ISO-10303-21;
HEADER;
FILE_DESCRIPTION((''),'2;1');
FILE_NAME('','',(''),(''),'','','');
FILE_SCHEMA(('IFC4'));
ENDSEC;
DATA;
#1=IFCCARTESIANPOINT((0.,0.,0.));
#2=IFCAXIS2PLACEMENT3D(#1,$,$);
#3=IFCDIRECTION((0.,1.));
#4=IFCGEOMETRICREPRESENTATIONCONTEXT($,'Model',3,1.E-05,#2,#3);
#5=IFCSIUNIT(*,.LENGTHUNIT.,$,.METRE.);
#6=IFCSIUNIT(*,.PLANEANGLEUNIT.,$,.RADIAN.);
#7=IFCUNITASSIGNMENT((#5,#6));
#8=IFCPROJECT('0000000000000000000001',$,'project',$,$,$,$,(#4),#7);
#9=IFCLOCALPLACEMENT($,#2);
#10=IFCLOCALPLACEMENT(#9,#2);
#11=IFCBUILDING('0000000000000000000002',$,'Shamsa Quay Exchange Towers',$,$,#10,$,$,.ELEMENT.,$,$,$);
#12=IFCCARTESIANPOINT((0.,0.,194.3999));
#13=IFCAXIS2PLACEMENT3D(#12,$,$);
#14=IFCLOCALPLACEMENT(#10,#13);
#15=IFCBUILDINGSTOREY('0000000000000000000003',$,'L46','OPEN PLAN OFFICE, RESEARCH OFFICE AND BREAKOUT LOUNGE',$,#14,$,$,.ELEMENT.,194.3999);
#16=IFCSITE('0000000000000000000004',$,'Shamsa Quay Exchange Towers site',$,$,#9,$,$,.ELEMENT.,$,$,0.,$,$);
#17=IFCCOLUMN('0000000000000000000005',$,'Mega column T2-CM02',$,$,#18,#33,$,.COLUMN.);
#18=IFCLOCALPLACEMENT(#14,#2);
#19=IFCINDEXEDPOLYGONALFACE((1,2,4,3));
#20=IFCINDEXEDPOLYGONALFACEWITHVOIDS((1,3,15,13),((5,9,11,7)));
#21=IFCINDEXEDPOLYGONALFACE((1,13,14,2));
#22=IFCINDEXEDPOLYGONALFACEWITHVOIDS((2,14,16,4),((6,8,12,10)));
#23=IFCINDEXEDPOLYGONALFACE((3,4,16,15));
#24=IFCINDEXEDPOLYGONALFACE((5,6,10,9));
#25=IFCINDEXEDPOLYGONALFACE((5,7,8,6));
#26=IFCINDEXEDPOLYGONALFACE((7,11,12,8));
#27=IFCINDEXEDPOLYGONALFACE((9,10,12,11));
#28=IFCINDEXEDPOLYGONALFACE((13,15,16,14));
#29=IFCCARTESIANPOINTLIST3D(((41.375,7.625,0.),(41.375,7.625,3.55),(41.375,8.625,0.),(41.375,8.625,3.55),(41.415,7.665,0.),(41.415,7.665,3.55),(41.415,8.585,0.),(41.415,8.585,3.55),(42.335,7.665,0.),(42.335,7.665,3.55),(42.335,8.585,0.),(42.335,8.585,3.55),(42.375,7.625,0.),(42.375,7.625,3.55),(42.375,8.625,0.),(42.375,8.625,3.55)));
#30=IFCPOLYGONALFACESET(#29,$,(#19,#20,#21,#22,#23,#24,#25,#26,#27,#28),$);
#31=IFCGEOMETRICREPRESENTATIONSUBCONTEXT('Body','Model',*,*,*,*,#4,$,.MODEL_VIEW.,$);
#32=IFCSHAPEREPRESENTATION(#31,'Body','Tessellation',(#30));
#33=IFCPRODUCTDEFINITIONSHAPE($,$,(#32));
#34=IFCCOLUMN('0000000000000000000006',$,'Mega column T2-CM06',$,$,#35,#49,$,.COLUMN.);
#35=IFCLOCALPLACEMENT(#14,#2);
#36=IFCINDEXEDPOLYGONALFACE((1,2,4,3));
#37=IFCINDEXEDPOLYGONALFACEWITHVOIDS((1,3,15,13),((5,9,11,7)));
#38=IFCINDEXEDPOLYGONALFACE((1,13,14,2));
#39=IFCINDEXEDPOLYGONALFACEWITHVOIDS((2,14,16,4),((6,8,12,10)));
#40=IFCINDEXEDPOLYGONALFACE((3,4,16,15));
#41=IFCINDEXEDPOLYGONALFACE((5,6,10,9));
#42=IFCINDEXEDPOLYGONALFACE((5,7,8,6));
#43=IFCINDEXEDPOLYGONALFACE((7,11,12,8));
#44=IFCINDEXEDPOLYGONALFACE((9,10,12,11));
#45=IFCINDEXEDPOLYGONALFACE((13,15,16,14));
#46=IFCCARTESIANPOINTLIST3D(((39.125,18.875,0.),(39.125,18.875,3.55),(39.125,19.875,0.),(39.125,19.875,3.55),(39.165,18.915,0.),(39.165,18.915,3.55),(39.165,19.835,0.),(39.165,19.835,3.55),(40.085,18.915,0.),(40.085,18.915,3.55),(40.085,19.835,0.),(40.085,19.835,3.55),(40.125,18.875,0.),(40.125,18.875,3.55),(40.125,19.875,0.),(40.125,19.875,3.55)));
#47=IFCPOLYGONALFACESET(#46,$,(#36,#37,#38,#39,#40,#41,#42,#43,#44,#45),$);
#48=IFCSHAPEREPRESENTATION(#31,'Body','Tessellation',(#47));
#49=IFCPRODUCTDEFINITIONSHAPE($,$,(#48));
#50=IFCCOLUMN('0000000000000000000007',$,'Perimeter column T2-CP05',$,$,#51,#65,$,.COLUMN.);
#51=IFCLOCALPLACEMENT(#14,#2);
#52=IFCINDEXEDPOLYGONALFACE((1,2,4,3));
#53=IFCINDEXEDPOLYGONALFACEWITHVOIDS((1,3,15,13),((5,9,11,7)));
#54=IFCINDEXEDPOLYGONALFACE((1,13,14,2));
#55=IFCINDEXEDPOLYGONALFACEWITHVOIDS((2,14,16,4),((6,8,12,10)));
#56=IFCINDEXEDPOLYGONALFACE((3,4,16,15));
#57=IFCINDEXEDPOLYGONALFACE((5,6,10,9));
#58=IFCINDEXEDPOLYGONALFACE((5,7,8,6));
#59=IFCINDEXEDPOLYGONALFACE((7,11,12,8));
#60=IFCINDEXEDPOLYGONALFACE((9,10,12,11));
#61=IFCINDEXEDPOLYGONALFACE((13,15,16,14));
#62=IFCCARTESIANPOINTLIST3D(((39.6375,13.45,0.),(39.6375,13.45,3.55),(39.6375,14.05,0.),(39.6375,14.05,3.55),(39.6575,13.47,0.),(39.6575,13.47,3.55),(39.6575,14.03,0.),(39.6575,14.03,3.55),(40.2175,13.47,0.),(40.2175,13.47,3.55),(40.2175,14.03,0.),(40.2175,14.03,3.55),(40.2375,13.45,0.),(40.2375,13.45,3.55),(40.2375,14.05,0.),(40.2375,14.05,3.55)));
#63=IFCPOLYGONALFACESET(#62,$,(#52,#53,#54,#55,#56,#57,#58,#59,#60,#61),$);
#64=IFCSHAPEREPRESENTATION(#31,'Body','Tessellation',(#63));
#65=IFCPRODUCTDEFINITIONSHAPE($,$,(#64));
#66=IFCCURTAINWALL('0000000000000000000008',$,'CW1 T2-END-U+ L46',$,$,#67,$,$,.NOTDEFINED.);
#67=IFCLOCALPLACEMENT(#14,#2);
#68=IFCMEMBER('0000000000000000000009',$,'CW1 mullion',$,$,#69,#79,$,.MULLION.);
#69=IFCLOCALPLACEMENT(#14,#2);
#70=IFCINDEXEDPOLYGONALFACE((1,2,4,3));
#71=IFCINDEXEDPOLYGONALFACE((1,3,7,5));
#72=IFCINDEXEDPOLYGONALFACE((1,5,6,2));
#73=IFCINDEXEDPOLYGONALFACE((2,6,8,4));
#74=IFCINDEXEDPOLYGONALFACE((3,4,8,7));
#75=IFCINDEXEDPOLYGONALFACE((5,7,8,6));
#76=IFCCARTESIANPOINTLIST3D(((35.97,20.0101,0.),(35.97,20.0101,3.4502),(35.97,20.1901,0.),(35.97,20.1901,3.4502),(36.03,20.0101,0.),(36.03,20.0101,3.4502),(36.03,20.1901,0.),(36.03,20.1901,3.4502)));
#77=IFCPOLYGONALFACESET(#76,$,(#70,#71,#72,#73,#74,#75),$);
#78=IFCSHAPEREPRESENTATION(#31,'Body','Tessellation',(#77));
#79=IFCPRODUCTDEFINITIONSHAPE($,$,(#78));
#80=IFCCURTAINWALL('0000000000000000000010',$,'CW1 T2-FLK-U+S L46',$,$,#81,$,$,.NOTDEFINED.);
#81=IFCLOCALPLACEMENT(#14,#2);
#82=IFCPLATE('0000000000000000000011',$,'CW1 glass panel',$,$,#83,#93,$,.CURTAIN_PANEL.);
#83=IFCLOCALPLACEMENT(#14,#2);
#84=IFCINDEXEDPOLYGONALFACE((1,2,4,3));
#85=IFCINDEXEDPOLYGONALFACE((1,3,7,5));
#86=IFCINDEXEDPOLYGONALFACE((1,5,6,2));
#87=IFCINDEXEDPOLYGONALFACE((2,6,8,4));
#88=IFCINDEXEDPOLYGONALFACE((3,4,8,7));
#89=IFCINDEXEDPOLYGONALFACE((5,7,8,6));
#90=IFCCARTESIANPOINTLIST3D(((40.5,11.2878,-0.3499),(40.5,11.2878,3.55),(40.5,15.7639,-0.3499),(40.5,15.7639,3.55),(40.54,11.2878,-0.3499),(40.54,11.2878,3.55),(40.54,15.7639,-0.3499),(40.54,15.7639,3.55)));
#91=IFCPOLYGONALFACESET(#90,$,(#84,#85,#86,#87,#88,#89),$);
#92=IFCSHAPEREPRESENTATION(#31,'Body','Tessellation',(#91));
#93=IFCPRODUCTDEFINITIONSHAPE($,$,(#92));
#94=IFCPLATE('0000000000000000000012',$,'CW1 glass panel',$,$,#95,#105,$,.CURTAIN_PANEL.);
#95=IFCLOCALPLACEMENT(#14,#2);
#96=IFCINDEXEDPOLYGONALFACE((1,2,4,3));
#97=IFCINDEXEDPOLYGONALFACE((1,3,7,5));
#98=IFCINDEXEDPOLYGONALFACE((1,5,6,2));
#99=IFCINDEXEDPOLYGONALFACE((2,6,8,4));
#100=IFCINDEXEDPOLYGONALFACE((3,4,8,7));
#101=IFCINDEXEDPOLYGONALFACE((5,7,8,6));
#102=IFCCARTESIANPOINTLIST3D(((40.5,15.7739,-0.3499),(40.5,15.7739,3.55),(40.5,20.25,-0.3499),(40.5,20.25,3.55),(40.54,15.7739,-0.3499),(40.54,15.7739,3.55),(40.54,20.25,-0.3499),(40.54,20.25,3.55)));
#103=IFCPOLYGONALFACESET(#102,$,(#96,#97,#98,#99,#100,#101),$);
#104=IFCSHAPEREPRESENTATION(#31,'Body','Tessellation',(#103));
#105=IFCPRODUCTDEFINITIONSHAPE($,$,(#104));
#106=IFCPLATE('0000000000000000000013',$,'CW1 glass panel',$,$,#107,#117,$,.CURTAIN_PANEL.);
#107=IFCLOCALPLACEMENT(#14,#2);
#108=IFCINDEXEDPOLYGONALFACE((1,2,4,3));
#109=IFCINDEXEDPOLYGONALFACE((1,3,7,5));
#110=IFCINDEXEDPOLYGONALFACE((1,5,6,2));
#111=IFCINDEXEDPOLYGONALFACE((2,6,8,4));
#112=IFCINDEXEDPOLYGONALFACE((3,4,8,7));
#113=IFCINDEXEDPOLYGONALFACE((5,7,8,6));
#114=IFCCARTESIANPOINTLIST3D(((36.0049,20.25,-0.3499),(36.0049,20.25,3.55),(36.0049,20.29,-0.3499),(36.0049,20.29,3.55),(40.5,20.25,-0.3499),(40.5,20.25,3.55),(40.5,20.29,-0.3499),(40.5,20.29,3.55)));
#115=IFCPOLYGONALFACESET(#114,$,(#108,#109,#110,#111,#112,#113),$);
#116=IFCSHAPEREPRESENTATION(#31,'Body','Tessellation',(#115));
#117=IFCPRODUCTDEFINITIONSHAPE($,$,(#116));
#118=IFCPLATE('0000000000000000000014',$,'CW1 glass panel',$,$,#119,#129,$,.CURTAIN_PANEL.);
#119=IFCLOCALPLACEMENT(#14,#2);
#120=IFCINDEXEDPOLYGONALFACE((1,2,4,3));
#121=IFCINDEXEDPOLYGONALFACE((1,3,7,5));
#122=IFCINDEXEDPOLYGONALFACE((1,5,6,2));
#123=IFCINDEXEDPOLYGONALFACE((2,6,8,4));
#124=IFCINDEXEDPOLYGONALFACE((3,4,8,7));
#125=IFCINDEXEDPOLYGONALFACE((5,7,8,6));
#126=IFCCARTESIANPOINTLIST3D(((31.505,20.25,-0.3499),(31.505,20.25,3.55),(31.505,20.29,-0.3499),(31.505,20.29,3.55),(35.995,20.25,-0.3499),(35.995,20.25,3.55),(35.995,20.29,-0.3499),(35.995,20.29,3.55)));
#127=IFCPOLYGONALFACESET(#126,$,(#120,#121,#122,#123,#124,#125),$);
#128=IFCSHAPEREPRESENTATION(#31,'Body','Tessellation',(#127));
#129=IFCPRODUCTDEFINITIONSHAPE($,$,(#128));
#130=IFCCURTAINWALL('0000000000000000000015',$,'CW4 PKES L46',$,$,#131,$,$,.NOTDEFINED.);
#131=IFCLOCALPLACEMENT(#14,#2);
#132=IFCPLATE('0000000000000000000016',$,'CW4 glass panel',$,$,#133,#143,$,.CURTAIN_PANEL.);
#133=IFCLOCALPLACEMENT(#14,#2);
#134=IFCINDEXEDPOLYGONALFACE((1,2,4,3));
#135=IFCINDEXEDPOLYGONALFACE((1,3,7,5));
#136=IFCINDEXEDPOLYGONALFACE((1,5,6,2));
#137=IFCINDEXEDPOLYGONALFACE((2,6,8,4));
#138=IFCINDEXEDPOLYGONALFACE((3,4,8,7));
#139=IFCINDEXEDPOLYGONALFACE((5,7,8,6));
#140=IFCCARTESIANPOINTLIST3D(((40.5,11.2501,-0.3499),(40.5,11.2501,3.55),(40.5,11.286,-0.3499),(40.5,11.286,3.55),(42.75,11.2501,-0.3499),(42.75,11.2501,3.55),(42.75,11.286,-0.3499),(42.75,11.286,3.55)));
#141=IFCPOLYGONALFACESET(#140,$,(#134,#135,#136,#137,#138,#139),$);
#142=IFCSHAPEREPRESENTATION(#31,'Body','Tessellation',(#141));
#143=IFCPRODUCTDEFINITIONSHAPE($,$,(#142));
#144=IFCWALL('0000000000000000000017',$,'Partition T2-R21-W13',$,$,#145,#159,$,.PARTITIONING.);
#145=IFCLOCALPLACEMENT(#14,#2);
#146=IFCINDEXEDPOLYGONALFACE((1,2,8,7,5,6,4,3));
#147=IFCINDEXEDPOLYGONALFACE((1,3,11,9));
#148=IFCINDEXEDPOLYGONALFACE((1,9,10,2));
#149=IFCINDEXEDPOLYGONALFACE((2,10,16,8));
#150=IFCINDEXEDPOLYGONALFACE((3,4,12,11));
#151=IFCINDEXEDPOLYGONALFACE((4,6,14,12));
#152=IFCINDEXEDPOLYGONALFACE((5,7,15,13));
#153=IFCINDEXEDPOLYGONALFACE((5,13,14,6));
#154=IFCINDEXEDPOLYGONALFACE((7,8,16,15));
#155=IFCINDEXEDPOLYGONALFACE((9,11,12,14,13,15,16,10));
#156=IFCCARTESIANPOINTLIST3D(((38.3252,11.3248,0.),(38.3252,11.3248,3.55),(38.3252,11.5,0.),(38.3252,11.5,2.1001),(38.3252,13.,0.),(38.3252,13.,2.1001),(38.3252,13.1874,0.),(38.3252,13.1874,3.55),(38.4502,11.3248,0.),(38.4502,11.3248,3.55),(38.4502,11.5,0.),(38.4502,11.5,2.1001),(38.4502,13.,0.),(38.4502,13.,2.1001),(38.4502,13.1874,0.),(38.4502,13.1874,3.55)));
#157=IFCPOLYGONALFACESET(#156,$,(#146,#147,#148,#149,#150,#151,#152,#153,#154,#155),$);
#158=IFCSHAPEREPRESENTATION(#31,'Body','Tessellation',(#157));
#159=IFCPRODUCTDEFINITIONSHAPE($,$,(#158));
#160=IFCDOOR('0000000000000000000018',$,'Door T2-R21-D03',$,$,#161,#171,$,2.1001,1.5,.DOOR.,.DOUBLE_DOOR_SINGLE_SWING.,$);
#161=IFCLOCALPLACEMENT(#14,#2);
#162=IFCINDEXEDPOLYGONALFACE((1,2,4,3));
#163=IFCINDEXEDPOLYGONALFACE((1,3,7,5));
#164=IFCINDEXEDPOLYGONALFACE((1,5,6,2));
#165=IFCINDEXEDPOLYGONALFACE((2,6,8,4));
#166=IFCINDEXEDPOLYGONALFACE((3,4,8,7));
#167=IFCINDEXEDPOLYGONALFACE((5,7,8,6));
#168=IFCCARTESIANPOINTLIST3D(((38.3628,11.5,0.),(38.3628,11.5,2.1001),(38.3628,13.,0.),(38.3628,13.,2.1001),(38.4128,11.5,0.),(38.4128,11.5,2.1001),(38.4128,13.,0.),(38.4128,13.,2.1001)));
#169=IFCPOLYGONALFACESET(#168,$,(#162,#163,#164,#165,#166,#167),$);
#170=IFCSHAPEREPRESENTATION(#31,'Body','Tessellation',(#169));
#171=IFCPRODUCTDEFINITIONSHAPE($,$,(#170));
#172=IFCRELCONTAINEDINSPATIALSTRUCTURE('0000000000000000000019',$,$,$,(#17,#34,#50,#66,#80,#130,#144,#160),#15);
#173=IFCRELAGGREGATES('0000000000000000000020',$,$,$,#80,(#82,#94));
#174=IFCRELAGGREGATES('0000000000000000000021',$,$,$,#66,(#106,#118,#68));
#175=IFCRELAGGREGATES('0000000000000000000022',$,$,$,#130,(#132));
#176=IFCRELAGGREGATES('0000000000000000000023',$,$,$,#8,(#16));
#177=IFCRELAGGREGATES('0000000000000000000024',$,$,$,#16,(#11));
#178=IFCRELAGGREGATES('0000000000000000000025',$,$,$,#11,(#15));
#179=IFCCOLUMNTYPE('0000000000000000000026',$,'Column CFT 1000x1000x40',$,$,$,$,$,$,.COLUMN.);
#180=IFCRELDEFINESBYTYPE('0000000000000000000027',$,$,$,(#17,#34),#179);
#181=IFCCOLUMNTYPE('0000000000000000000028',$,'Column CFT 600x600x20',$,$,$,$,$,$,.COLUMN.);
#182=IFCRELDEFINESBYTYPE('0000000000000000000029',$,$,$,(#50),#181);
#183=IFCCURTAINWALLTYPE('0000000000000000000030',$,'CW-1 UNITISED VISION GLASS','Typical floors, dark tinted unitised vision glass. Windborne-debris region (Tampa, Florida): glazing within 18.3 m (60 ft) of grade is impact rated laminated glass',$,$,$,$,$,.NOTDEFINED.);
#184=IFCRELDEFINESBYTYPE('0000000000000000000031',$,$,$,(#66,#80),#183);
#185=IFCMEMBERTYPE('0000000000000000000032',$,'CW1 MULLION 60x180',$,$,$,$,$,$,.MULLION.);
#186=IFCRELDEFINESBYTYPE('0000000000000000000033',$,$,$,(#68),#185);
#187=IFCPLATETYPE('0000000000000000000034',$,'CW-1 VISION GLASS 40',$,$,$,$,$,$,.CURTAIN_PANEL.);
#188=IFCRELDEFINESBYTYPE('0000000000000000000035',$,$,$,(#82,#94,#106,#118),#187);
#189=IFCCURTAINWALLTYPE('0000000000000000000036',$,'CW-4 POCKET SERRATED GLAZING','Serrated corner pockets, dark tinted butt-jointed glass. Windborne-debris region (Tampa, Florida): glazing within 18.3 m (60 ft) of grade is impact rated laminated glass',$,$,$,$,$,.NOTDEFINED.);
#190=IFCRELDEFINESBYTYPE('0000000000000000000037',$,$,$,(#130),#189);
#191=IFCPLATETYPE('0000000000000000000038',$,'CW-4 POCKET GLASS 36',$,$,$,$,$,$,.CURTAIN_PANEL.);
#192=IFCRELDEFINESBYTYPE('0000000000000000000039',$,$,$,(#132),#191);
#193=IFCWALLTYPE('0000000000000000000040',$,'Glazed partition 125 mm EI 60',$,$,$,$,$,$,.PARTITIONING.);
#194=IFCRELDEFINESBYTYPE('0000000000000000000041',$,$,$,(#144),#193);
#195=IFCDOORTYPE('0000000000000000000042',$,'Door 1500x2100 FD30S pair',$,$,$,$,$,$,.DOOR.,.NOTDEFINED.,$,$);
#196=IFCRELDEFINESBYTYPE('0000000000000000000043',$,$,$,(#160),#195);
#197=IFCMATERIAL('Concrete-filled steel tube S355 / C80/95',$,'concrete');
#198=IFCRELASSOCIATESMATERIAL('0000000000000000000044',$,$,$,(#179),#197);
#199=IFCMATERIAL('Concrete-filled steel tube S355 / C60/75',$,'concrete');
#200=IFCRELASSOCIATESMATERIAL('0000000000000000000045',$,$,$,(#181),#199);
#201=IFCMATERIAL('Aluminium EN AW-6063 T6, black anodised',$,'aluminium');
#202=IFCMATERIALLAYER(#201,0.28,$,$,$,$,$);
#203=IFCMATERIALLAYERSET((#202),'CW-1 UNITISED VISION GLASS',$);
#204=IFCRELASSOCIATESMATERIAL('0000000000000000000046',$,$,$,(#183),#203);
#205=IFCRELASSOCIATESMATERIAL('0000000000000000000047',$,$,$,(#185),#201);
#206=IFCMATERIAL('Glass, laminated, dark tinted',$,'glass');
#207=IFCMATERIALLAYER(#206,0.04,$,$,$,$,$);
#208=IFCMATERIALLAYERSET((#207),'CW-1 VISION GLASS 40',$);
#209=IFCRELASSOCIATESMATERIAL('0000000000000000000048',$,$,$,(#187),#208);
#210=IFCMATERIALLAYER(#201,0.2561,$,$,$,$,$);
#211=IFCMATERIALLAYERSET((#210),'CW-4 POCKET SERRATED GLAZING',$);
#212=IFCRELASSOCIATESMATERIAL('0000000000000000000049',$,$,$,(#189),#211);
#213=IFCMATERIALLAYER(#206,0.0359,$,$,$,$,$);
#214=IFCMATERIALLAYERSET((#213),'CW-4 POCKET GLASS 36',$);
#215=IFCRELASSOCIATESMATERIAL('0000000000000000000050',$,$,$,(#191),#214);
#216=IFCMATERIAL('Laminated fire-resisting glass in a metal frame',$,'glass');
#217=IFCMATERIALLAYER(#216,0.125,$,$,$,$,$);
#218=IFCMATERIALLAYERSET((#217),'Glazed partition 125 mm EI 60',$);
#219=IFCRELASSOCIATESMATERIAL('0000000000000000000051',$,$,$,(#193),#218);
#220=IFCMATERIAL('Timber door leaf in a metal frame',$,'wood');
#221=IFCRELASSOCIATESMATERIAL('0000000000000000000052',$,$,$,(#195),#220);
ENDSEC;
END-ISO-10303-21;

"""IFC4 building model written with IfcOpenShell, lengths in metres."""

from ifc_helpers import new_model, si_unit, direction, frame, frame_2d, origin, origin_2d, place, context, subcontext, project, spatial, rectangle, hollow_rectangle, extrude, material, layer, layer_set, material_profile, profile_set, type_object, element, fill, aggregate, save


model = new_model("IFC4")

# Units and contexts
model_context = context("Model", 3, precision=1e-05, world=origin(), true_north=direction((0.0, 1.0)))
body_context = subcontext(model_context, "Body", "Model", "MODEL_VIEW")
ifc_project = project(units=[si_unit("LENGTHUNIT", "METRE"), si_unit("PLANEANGLEUNIT", "RADIAN")], contexts=[model_context])

# Site, building, storey
site_placement = place(None, origin())
site = spatial("IfcSite", under=ifc_project, at=site_placement, Name="Shamsa Quay Exchange Towers site", CompositionType="ELEMENT", RefElevation=0.0)
building_placement = place(site_placement, origin())
building = spatial("IfcBuilding", under=site, at=building_placement, Name="Shamsa Quay Exchange Towers", CompositionType="ELEMENT")
storey_placement = place(building_placement, frame((0.0, 0.0, 194.3999)))
storey = spatial("IfcBuildingStorey", under=building, at=storey_placement, Name="L46", Description="OPEN PLAN OFFICE, RESEARCH OFFICE AND BREAKOUT LOUNGE", CompositionType="ELEMENT", Elevation=194.3999)

# Columns
ifc_material_1 = material(Name="Concrete-filled steel tube S355 / C80/95", Category="concrete")
ifc_material_profile_1 = material_profile(ifc_material_1, hollow_rectangle(XDim=1.0, YDim=1.0, WallThickness=0.04, at=origin_2d()), Name="CFT 1000x1000x40")
ifc_profile_set_1 = profile_set([ifc_material_profile_1], Name="Concrete-filled steel tube S355 / C80/95")
column_type_1 = type_object("IfcColumnType", Name="Column CFT 1000x1000x40", PredefinedType="COLUMN", material=ifc_profile_set_1)
for number, where, name in (
    (1, (41.875, 8.125, 0.0), "Mega column T2-CM02"),
    (2, (39.625, 19.375, 0.0), "Mega column T2-CM06"),
):
    element("IfcColumn", number, at=place(storey_placement, frame(where)), inside=storey, type_object=column_type_1, Name=name, PredefinedType="COLUMN", context=body_context, shape_type="SweptSolid", body=[
        extrude(hollow_rectangle(XDim=1.0, YDim=1.0, WallThickness=0.04, at=origin_2d()), origin(), (0.0, 0.0, 1.0), 3.55),
    ])
ifc_material_2 = material(Name="Concrete-filled steel tube S355 / C60/75", Category="concrete")
ifc_material_profile_2 = material_profile(ifc_material_2, hollow_rectangle(XDim=0.6001, YDim=0.6001, WallThickness=0.02, at=origin_2d()), Name="CFT 600x600x20")
ifc_profile_set_2 = profile_set([ifc_material_profile_2], Name="Concrete-filled steel tube S355 / C60/75")
column_type_2 = type_object("IfcColumnType", Name="Column CFT 600x600x20", PredefinedType="COLUMN", material=ifc_profile_set_2)
column_placement = place(storey_placement, frame((39.9375, 13.75, 0.0)))
element("IfcColumn", 3, at=column_placement, inside=storey, type_object=column_type_2, Name="Perimeter column T2-CP05", PredefinedType="COLUMN", context=body_context, shape_type="SweptSolid", body=[
    extrude(hollow_rectangle(XDim=0.6001, YDim=0.6001, WallThickness=0.02, at=origin_2d()), origin(), (0.0, 0.0, 1.0), 3.55),
])

# Curtain wall, member
ifc_material_3 = material(Name="Aluminium EN AW-6063 T6, black anodised", Category="aluminium")
ifc_layer_1 = layer(ifc_material_3, 0.28)
ifc_layer_set_1 = layer_set([ifc_layer_1], Name="CW-1 UNITISED VISION GLASS")
curtain_wall_type_1 = type_object("IfcCurtainWallType", Name="CW-1 UNITISED VISION GLASS", Description="Typical floors, dark tinted unitised vision glass. Windborne-debris region (Tampa, Florida): glazing within 18.3 m (60 ft) of grade is impact rated laminated glass", PredefinedType="NOTDEFINED", material=ifc_layer_set_1)
curtain_wall_1_placement = place(storey_placement, origin())
curtain_wall_1 = element("IfcCurtainWall", 4, at=curtain_wall_1_placement, inside=storey, type_object=curtain_wall_type_1, Name="CW1 T2-END-U+ L46", PredefinedType="NOTDEFINED")
ifc_material_profile_3 = material_profile(ifc_material_3, rectangle(XDim=0.1799, YDim=0.0601, at=origin_2d()), Name="MU60x180")
ifc_profile_set_3 = profile_set([ifc_material_profile_3], Name="Aluminium EN AW-6063 T6, black anodised")
member_type = type_object("IfcMemberType", Name="CW1 MULLION 60x180", PredefinedType="MULLION", material=ifc_profile_set_3)
member_placement = place(storey_placement, frame((36.0, 20.1001, 0.0), z_axis=(0.0, 0.0, 1.0), x_axis=(0.0, -1.0, 0.0)))
member = element("IfcMember", 5, at=member_placement, type_object=member_type, Name="CW1 mullion", PredefinedType="MULLION", context=body_context, shape_type="SweptSolid", body=[
    extrude(rectangle(XDim=0.1799, YDim=0.0601, at=origin_2d()), origin(), (0.0, 0.0, 1.0), 3.4502),
])

# Curtain wall, plates
curtain_wall_2_placement = place(storey_placement, origin())
curtain_wall_2 = element("IfcCurtainWall", 6, at=curtain_wall_2_placement, inside=storey, type_object=curtain_wall_type_1, Name="CW1 T2-FLK-U+S L46", PredefinedType="NOTDEFINED")
ifc_material_4 = material(Name="Glass, laminated, dark tinted", Category="glass")
ifc_layer_2 = layer(ifc_material_4, 0.04)
ifc_layer_set_2 = layer_set([ifc_layer_2], Name="CW-1 VISION GLASS 40")
plate_type_1 = type_object("IfcPlateType", Name="CW-1 VISION GLASS 40", PredefinedType="CURTAIN_PANEL", material=ifc_layer_set_2)
plate_1_placement = place(storey_placement, frame((40.52, 13.5259, -0.3499), z_axis=(0.0, 0.0, 1.0), x_axis=(0.0, 1.0, 0.0)))
plate_1 = element("IfcPlate", 7, at=plate_1_placement, type_object=plate_type_1, Name="CW1 glass panel", PredefinedType="CURTAIN_PANEL", context=body_context, shape_type="SweptSolid", body=[
    extrude(rectangle(XDim=4.4761, YDim=0.04, at=origin_2d()), origin(), (0.0, 0.0, 1.0), 3.8999),
])
plate_2_placement = place(storey_placement, frame((40.52, 18.012, -0.3499), z_axis=(0.0, 0.0, 1.0), x_axis=(0.0, 1.0, 0.0)))
plate_2 = element("IfcPlate", 8, at=plate_2_placement, type_object=plate_type_1, Name="CW1 glass panel", PredefinedType="CURTAIN_PANEL", context=body_context, shape_type="SweptSolid", body=[
    extrude(rectangle(XDim=4.4761, YDim=0.04, at=origin_2d()), origin(), (0.0, 0.0, 1.0), 3.8999),
])
aggregate(curtain_wall_2, [plate_1, plate_2])

# Plates
plate_3_placement = place(storey_placement, frame((38.2524, 20.27, -0.3499), z_axis=(0.0, 0.0, 1.0), x_axis=(-1.0, 0.0, 0.0)))
plate_3 = element("IfcPlate", 9, at=plate_3_placement, type_object=plate_type_1, Name="CW1 glass panel", PredefinedType="CURTAIN_PANEL", context=body_context, shape_type="SweptSolid", body=[
    extrude(rectangle(XDim=4.4951, YDim=0.04, at=origin_2d()), origin(), (0.0, 0.0, 1.0), 3.8999),
])
plate_4_placement = place(storey_placement, frame((33.75, 20.27, -0.3499), z_axis=(0.0, 0.0, 1.0), x_axis=(-1.0, 0.0, 0.0)))
plate_4 = element("IfcPlate", 10, at=plate_4_placement, type_object=plate_type_1, Name="CW1 glass panel", PredefinedType="CURTAIN_PANEL", context=body_context, shape_type="SweptSolid", body=[
    extrude(rectangle(XDim=4.49, YDim=0.04, at=origin_2d()), origin(), (0.0, 0.0, 1.0), 3.8999),
])
aggregate(curtain_wall_1, [plate_3, plate_4, member])

# Curtain wall, plate
ifc_layer_3 = layer(ifc_material_3, 0.2561)
ifc_layer_set_3 = layer_set([ifc_layer_3], Name="CW-4 POCKET SERRATED GLAZING")
curtain_wall_type_2 = type_object("IfcCurtainWallType", Name="CW-4 POCKET SERRATED GLAZING", Description="Serrated corner pockets, dark tinted butt-jointed glass. Windborne-debris region (Tampa, Florida): glazing within 18.3 m (60 ft) of grade is impact rated laminated glass", PredefinedType="NOTDEFINED", material=ifc_layer_set_3)
curtain_wall_3_placement = place(storey_placement, origin())
curtain_wall_3 = element("IfcCurtainWall", 11, at=curtain_wall_3_placement, inside=storey, type_object=curtain_wall_type_2, Name="CW4 PKES L46", PredefinedType="NOTDEFINED")
ifc_layer_4 = layer(ifc_material_4, 0.0359)
ifc_layer_set_4 = layer_set([ifc_layer_4], Name="CW-4 POCKET GLASS 36")
plate_type_2 = type_object("IfcPlateType", Name="CW-4 POCKET GLASS 36", PredefinedType="CURTAIN_PANEL", material=ifc_layer_set_4)
plate_5_placement = place(storey_placement, frame((41.625, 11.2681, -0.3499), z_axis=(0.0, 0.0, 1.0), x_axis=(-1.0, 0.0, 0.0)))
plate_5 = element("IfcPlate", 12, at=plate_5_placement, type_object=plate_type_2, Name="CW4 glass panel", PredefinedType="CURTAIN_PANEL", context=body_context, shape_type="SweptSolid", body=[
    extrude(rectangle(XDim=2.25, YDim=0.0359, at=origin_2d()), origin(), (0.0, 0.0, 1.0), 3.8999),
])
aggregate(curtain_wall_3, [plate_5])

# Wall, opening, door
ifc_material_5 = material(Name="Laminated fire-resisting glass in a metal frame", Category="glass")
ifc_layer_5 = layer(ifc_material_5, 0.125)
ifc_layer_set_5 = layer_set([ifc_layer_5], Name="Glazed partition 125 mm EI 60")
wall_type_1 = type_object("IfcWallType", Name="Glazed partition 125 mm EI 60", PredefinedType="PARTITIONING", material=ifc_layer_set_5)
wall_1_placement = place(storey_placement, frame((38.3877, 11.325, 0.0), z_axis=(0.0, 0.0, 1.0), x_axis=(0.0, 1.0, 0.0)))
wall_1 = element("IfcWall", 13, at=wall_1_placement, inside=storey, type_object=wall_type_1, Name="Partition T2-R21-W13", PredefinedType="PARTITIONING", context=body_context, shape_type="SweptSolid", body=[
    extrude(rectangle(XDim=1.8625, YDim=0.125, at=frame_2d((0.9312, 0.0))), origin(), (0.0, 0.0, 1.0), 3.55),
])
opening_1_placement = place(wall_1_placement, frame((0.175, 0.0, 0.0)))
opening_1 = element("IfcOpeningElement", 14, at=opening_1_placement, cuts=wall_1, PredefinedType="OPENING", context=body_context, shape_type="SweptSolid", body=[
    extrude(rectangle(XDim=1.5, YDim=2.1001, at=frame_2d((0.75, 1.05))), frame((0.0, 0.0725, 0.0), z_axis=(0.0, -1.0, 0.0), x_axis=(1.0, 0.0, 0.0)), (0.0, 0.0, 1.0), 0.145),
])
ifc_material_6 = material(Name="Timber door leaf in a metal frame", Category="wood")
door_type_1 = type_object("IfcDoorType", Name="Door 1500x2100 FD30S pair", OperationType="NOTDEFINED", PredefinedType="DOOR", material=ifc_material_6)
door_1_placement = place(opening_1_placement, origin())
door_1 = element("IfcDoor", 15, at=door_1_placement, inside=storey, type_object=door_type_1, Name="Door T2-R21-D03", OperationType="DOUBLE_DOOR_SINGLE_SWING", OverallHeight=2.1001, OverallWidth=1.5, PredefinedType="DOOR", context=body_context, shape_type="SweptSolid", body=[
    extrude(rectangle(XDim=1.5, YDim=2.1001, at=frame_2d((0.75, 1.05))), frame((0.0, 0.0249, 0.0), z_axis=(0.0, -1.0, 0.0), x_axis=(1.0, 0.0, 0.0)), (0.0, 0.0, 1.0), 0.05),
])
fill(opening_1, door_1)

save(model, "model.ifc")
